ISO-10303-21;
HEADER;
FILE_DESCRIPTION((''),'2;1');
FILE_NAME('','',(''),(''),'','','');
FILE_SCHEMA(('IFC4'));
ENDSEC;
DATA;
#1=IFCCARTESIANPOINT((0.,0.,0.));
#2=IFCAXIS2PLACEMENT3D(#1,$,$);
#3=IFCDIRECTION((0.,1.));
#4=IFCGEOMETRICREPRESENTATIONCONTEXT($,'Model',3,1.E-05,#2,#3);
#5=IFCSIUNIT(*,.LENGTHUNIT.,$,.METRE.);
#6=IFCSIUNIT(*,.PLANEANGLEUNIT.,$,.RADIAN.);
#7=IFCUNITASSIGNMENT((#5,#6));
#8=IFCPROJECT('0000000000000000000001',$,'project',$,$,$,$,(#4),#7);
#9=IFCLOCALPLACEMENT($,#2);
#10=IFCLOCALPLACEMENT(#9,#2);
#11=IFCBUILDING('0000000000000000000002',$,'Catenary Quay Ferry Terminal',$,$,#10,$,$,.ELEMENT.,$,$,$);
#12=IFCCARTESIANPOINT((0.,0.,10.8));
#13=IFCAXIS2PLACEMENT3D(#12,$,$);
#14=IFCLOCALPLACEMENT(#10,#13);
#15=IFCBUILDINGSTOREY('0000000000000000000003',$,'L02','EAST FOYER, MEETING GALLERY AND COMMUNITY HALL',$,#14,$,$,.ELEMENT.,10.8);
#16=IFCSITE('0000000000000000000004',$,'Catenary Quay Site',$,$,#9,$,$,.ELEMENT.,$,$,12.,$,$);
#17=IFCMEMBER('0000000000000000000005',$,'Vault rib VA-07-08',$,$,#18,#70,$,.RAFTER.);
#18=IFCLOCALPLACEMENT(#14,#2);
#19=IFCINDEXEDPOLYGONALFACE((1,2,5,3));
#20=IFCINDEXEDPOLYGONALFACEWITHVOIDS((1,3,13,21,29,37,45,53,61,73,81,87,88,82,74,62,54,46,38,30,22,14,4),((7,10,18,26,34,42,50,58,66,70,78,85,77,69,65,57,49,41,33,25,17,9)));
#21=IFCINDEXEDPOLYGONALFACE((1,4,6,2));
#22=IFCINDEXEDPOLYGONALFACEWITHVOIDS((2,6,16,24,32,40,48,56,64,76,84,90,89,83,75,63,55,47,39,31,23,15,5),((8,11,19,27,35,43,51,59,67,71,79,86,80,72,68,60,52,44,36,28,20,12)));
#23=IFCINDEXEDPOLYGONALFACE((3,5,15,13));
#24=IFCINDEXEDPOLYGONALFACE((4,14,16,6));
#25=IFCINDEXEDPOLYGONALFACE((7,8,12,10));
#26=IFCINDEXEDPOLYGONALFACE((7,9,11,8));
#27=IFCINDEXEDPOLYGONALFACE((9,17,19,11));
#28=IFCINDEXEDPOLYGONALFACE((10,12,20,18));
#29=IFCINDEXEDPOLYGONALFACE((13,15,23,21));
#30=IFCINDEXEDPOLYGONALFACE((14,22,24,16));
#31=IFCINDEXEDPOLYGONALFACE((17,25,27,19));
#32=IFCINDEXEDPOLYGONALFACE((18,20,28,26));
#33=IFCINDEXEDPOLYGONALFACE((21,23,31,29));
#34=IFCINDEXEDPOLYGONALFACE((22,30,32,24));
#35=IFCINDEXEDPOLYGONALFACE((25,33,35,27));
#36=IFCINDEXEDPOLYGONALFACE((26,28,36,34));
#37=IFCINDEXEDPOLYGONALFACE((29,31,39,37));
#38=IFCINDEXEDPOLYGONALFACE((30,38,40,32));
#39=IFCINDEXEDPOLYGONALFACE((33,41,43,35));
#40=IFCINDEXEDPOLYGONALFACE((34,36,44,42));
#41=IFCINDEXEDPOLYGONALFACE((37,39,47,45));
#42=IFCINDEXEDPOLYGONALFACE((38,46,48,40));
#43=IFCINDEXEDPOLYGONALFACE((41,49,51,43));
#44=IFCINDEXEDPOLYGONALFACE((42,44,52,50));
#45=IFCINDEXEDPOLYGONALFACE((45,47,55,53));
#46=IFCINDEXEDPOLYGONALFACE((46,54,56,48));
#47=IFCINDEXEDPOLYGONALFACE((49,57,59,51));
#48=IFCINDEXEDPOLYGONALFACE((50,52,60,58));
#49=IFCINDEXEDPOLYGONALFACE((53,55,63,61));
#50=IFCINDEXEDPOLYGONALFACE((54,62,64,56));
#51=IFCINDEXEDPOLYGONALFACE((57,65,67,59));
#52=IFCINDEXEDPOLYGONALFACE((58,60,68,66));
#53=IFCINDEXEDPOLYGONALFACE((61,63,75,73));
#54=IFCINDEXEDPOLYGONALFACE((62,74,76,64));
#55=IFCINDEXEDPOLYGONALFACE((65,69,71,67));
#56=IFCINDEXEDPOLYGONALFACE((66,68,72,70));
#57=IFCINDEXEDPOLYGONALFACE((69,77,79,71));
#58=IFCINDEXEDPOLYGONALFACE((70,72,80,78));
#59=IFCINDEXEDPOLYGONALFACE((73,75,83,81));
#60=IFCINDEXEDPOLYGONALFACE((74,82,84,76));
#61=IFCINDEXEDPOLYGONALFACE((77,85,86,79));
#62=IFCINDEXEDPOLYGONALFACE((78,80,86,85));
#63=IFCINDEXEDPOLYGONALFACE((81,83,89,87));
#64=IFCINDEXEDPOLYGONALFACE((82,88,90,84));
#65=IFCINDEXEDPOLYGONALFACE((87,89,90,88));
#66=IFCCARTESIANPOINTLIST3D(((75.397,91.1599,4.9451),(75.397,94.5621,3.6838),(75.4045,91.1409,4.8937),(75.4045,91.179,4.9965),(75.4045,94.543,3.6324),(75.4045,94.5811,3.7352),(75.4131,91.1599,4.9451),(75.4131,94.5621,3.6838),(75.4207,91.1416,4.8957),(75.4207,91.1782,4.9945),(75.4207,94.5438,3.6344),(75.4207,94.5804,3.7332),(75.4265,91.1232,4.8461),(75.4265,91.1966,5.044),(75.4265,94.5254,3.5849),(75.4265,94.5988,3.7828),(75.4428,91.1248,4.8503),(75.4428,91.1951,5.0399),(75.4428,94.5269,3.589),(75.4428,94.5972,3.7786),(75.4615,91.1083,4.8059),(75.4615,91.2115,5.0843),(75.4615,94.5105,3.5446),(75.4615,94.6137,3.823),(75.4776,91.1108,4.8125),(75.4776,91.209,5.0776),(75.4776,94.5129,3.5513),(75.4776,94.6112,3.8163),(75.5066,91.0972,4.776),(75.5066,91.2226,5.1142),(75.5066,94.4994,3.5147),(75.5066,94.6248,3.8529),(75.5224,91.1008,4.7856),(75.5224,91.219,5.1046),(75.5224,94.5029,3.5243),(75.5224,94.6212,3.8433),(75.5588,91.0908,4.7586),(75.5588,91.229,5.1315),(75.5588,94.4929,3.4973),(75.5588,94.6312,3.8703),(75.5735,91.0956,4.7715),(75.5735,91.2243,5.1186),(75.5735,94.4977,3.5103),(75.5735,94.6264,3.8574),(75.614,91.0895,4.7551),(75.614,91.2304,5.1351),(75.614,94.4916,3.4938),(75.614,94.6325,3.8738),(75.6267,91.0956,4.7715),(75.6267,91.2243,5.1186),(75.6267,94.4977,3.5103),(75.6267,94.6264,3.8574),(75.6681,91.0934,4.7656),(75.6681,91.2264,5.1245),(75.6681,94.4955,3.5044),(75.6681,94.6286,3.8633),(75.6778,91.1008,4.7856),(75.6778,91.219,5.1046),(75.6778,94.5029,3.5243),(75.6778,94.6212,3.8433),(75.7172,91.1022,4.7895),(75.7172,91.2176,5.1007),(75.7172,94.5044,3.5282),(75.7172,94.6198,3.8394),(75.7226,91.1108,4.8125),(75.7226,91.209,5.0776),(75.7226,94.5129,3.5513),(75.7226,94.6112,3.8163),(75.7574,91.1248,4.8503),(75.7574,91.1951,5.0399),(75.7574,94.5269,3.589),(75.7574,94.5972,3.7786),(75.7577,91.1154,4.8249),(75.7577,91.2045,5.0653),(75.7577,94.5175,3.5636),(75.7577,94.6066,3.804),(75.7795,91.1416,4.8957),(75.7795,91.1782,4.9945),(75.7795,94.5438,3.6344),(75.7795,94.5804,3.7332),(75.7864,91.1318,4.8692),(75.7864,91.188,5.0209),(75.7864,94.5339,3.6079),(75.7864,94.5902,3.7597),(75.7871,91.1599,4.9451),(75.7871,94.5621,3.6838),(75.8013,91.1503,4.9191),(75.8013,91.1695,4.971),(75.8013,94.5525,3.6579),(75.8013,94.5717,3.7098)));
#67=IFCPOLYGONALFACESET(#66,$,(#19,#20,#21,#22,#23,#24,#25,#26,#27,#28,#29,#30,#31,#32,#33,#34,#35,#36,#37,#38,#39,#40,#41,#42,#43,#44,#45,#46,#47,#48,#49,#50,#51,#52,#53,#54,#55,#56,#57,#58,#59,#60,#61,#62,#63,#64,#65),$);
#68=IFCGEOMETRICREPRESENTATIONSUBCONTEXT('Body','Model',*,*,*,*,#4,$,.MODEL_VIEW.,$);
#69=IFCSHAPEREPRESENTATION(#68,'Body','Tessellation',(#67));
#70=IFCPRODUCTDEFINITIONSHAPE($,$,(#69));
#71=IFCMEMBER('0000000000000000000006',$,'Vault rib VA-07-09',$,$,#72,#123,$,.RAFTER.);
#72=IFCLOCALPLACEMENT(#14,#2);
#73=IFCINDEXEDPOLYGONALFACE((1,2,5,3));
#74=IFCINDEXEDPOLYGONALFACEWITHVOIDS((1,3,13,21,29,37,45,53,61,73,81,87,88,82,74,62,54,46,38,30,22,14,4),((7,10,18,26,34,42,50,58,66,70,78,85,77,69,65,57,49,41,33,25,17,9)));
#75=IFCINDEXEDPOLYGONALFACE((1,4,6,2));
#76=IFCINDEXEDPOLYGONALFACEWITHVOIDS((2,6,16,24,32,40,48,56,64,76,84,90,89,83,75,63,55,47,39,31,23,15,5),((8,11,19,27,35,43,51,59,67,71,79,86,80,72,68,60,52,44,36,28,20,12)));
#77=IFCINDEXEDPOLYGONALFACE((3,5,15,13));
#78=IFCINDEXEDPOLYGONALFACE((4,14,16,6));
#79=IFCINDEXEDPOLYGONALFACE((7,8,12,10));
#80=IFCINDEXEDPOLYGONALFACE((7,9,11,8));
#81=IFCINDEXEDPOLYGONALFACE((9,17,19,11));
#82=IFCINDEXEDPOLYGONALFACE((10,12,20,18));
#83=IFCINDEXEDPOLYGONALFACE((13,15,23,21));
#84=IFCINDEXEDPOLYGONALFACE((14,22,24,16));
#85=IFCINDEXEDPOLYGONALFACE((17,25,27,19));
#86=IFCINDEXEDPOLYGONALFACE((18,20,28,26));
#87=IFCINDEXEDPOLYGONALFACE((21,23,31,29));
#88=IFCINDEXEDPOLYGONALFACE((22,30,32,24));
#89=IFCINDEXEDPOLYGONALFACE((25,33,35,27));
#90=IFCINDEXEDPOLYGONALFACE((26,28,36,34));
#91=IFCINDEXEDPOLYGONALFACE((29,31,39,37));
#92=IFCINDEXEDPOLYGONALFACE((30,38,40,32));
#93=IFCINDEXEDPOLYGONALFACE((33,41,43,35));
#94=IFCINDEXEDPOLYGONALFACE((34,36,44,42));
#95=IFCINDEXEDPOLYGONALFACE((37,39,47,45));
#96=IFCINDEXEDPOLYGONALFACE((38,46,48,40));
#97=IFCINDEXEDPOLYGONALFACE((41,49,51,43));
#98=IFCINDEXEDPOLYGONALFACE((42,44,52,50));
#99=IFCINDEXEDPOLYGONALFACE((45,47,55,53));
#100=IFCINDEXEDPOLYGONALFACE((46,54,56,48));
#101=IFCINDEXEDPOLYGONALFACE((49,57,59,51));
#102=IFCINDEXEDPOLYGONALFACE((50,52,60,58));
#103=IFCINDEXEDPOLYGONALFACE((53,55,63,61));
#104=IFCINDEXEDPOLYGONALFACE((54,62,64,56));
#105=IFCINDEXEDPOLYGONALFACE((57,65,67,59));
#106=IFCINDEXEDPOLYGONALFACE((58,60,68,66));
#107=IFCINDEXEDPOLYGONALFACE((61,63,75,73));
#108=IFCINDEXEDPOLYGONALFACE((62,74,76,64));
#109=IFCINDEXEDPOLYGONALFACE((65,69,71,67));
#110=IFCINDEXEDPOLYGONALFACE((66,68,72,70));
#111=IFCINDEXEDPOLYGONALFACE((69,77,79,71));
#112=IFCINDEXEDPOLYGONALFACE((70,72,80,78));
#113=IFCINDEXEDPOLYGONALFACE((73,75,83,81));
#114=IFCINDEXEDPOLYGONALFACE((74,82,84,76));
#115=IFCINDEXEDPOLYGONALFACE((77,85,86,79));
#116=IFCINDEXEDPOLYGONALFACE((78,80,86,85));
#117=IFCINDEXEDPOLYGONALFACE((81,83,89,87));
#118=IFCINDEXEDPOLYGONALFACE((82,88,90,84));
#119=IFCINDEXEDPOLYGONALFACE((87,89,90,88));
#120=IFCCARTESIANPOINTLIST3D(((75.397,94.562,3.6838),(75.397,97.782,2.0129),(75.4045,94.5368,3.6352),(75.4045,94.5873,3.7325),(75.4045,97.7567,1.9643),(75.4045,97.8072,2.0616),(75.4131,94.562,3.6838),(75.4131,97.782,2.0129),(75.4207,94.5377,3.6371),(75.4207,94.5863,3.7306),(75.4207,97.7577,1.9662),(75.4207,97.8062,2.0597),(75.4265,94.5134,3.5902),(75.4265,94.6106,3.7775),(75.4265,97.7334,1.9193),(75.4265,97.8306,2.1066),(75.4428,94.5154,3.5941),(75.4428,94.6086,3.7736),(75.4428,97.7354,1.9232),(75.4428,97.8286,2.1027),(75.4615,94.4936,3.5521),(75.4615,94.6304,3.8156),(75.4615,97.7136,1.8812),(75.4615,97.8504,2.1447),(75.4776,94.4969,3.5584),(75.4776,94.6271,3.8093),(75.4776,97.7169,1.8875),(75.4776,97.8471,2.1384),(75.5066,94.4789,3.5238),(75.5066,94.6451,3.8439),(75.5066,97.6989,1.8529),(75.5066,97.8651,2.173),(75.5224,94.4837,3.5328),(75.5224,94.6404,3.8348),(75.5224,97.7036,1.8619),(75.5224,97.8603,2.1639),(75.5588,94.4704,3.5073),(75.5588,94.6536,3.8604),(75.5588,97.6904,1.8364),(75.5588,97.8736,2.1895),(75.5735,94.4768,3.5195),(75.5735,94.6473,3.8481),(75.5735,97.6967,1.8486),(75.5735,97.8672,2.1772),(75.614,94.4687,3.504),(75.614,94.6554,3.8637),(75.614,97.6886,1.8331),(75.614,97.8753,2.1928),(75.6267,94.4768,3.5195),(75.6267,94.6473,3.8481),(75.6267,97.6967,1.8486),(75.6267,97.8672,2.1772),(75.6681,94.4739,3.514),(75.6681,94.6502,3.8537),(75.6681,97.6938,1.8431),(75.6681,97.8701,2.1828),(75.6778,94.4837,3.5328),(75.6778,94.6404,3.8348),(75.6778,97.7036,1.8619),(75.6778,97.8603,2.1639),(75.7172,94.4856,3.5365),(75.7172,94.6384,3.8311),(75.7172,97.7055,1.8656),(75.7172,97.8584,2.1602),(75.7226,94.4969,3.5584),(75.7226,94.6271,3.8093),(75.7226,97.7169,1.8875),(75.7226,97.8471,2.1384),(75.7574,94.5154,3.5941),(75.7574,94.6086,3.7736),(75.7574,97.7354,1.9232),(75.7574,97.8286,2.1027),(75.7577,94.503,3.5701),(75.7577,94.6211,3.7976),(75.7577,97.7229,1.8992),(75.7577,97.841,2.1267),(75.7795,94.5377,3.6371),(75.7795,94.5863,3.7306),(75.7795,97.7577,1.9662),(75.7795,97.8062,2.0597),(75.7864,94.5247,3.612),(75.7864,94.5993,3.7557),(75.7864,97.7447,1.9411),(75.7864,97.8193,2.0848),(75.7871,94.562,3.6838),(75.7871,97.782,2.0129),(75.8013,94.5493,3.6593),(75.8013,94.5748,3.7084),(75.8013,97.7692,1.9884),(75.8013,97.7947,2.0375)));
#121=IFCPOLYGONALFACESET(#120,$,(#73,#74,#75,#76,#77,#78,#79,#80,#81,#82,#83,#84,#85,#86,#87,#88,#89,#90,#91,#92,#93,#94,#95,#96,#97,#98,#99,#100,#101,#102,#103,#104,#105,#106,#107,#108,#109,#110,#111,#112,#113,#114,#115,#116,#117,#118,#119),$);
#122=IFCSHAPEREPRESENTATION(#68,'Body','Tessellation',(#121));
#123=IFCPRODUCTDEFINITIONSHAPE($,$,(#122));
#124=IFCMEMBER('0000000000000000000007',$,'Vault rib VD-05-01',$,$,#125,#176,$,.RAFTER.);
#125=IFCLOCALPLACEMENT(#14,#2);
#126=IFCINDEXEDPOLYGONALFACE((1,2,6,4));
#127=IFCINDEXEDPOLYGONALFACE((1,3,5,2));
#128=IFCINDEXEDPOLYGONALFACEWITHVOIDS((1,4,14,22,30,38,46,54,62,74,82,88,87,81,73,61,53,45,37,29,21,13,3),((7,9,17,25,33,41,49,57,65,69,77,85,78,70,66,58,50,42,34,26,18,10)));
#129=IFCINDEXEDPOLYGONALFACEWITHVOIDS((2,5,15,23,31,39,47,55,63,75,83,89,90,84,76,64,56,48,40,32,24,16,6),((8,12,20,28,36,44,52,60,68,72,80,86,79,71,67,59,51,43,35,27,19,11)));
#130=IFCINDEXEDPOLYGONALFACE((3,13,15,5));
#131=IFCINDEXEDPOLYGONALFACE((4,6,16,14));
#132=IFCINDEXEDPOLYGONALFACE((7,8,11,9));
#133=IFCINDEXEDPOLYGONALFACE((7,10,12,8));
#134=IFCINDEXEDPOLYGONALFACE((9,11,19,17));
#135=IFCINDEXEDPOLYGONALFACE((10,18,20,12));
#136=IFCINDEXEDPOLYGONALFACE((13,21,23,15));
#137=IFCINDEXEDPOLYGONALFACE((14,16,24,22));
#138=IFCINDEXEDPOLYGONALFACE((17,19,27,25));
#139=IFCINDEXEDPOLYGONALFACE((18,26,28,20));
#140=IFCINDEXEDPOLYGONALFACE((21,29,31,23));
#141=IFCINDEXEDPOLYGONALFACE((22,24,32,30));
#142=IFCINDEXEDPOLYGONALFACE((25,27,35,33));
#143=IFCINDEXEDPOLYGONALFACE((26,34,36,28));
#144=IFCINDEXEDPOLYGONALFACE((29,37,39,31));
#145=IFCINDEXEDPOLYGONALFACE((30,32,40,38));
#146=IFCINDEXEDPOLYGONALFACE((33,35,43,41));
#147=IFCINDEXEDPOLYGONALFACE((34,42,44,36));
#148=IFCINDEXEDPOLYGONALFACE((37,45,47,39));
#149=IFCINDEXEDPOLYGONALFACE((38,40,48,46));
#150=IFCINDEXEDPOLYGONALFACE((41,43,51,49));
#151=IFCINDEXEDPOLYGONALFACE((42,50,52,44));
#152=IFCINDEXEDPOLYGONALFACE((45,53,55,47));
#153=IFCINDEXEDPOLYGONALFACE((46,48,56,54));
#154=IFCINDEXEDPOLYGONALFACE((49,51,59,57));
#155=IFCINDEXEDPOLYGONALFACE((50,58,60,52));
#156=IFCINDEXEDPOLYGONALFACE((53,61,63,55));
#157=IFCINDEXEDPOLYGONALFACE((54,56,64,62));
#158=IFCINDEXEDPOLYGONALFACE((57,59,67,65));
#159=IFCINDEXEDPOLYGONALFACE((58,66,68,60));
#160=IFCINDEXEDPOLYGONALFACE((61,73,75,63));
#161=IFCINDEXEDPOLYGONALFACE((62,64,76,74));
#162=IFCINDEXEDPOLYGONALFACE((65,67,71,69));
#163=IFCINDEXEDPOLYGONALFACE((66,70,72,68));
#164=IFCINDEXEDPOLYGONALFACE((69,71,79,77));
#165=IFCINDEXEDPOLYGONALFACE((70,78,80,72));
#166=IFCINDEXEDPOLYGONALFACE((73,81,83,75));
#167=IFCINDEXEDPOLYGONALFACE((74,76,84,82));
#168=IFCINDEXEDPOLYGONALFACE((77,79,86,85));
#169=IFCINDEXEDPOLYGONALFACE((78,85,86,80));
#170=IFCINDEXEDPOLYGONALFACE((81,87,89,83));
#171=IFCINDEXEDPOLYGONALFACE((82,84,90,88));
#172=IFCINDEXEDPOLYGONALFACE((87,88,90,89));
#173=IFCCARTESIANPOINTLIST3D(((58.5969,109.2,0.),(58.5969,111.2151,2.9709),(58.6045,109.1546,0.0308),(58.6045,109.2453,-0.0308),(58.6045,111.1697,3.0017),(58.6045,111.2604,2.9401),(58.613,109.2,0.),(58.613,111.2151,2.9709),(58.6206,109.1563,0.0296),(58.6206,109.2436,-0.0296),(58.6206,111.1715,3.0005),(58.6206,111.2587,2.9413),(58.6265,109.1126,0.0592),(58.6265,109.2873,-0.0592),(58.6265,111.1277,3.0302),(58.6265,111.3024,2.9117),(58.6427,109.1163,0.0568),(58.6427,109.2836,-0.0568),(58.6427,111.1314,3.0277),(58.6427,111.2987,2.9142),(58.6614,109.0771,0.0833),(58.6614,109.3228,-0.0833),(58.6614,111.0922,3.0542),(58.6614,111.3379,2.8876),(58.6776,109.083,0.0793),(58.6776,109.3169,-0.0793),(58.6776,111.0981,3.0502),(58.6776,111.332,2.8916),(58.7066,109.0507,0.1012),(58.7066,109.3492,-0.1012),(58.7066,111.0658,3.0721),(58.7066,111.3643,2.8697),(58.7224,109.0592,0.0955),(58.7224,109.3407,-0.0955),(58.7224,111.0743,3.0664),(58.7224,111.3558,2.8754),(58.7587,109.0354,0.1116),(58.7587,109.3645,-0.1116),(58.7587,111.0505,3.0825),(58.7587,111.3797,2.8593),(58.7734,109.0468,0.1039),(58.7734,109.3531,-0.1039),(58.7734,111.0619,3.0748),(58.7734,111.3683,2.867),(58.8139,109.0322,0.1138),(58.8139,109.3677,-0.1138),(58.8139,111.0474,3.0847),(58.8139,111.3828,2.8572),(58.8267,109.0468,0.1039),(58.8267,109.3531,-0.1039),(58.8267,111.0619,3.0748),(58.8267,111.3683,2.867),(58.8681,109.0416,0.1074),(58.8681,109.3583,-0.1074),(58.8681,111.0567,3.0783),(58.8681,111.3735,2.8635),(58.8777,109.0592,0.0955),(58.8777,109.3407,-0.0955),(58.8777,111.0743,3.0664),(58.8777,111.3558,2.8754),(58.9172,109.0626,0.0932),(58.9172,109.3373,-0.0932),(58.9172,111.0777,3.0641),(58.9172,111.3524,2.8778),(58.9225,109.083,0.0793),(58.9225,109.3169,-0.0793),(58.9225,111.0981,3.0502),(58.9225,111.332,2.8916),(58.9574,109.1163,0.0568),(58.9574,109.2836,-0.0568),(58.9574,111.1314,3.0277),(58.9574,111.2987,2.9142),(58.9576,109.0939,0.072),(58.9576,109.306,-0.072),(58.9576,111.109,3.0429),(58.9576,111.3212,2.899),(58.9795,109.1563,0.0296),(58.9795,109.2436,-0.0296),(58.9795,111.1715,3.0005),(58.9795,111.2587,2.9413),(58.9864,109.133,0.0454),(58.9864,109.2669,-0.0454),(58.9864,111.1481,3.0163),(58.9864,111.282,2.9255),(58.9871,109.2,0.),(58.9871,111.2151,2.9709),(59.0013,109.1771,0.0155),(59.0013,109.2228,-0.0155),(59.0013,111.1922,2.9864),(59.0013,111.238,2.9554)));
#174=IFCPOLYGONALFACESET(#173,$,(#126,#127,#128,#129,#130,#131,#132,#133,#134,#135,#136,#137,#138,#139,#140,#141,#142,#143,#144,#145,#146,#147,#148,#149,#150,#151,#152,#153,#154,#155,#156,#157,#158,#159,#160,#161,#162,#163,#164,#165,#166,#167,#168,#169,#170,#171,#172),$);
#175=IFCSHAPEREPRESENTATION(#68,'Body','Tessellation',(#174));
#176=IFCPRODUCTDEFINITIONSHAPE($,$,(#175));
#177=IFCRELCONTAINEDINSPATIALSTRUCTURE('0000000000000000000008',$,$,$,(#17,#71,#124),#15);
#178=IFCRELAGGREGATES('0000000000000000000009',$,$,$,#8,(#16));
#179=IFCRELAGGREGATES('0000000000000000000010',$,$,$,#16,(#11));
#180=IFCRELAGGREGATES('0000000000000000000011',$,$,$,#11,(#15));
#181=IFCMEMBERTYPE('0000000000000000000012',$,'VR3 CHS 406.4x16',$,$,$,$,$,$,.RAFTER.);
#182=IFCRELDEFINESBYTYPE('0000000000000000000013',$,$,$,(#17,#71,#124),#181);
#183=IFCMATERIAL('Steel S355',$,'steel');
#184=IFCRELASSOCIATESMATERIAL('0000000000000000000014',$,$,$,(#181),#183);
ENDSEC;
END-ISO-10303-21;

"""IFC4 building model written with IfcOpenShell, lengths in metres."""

from ifc_helpers import new_model, si_unit, direction, frame, origin, origin_2d, place, context, subcontext, project, spatial, hollow_circle, extrude, material, material_profile, profile_set, type_object, element, save


model = new_model("IFC4")

# Units and contexts
model_context = context("Model", 3, precision=1e-05, world=origin(), true_north=direction((0.0, 1.0)))
body_context = subcontext(model_context, "Body", "Model", "MODEL_VIEW")
ifc_project = project(units=[si_unit("LENGTHUNIT", "METRE"), si_unit("PLANEANGLEUNIT", "RADIAN")], contexts=[model_context])

# Site, building, storey
site_placement = place(None, origin())
site = spatial("IfcSite", under=ifc_project, at=site_placement, Name="Catenary Quay Site", CompositionType="ELEMENT", RefElevation=12.0)
building_placement = place(site_placement, origin())
building = spatial("IfcBuilding", under=site, at=building_placement, Name="Catenary Quay Ferry Terminal", CompositionType="ELEMENT")
storey_placement = place(building_placement, frame((0.0, 0.0, 10.8)))
storey = spatial("IfcBuildingStorey", under=building, at=storey_placement, Name="L02", Description="EAST FOYER, MEETING GALLERY AND COMMUNITY HALL", CompositionType="ELEMENT", Elevation=10.8)

# Members
ifc_material_1 = material(Name="Steel S355", Category="steel")
ifc_material_profile = material_profile(ifc_material_1, hollow_circle(Radius=0.2031, WallThickness=0.0161, at=origin_2d()), Name="CHS 406.4x16")
ifc_profile_set = profile_set([ifc_material_profile], Name="Steel S355")
member_type = type_object("IfcMemberType", Name="VR3 CHS 406.4x16", PredefinedType="RAFTER", material=ifc_profile_set)
member_1_placement = place(storey_placement, frame((75.6001, 91.1599, 4.9451), z_axis=(0.0, 0.937642, -0.347604), x_axis=(-1.0, 0.0, 0.0)))
element("IfcMember", 1, at=member_1_placement, inside=storey, type_object=member_type, Name="Vault rib VA-07-08", PredefinedType="RAFTER", context=body_context, shape_type="SweptSolid", body=[
    extrude(hollow_circle(Radius=0.2031, WallThickness=0.0161, at=origin_2d()), origin(), (0.0, 0.0, 1.0), 3.6284),
])
member_2_placement = place(storey_placement, frame((75.6001, 94.562, 3.6838), z_axis=(0.0, 0.88761, -0.460596), x_axis=(-1.0, 0.0, 0.0)))
element("IfcMember", 2, at=member_2_placement, inside=storey, type_object=member_type, Name="Vault rib VA-07-09", PredefinedType="RAFTER", context=body_context, shape_type="SweptSolid", body=[
    extrude(hollow_circle(Radius=0.2031, WallThickness=0.0161, at=origin_2d()), origin(), (0.0, 0.0, 1.0), 3.6277),
])
member_3_placement = place(storey_placement, frame((58.8, 109.2, 0.0), z_axis=(0.0, 0.561337, 0.827587), x_axis=(-1.0, 0.0, 0.0)))
element("IfcMember", 3, at=member_3_placement, inside=storey, type_object=member_type, Name="Vault rib VD-05-01", PredefinedType="RAFTER", context=body_context, shape_type="SweptSolid", body=[
    extrude(hollow_circle(Radius=0.2031, WallThickness=0.0161, at=origin_2d()), origin(), (0.0, 0.0, 1.0), 3.5898),
])

save(model, "model.ifc")
